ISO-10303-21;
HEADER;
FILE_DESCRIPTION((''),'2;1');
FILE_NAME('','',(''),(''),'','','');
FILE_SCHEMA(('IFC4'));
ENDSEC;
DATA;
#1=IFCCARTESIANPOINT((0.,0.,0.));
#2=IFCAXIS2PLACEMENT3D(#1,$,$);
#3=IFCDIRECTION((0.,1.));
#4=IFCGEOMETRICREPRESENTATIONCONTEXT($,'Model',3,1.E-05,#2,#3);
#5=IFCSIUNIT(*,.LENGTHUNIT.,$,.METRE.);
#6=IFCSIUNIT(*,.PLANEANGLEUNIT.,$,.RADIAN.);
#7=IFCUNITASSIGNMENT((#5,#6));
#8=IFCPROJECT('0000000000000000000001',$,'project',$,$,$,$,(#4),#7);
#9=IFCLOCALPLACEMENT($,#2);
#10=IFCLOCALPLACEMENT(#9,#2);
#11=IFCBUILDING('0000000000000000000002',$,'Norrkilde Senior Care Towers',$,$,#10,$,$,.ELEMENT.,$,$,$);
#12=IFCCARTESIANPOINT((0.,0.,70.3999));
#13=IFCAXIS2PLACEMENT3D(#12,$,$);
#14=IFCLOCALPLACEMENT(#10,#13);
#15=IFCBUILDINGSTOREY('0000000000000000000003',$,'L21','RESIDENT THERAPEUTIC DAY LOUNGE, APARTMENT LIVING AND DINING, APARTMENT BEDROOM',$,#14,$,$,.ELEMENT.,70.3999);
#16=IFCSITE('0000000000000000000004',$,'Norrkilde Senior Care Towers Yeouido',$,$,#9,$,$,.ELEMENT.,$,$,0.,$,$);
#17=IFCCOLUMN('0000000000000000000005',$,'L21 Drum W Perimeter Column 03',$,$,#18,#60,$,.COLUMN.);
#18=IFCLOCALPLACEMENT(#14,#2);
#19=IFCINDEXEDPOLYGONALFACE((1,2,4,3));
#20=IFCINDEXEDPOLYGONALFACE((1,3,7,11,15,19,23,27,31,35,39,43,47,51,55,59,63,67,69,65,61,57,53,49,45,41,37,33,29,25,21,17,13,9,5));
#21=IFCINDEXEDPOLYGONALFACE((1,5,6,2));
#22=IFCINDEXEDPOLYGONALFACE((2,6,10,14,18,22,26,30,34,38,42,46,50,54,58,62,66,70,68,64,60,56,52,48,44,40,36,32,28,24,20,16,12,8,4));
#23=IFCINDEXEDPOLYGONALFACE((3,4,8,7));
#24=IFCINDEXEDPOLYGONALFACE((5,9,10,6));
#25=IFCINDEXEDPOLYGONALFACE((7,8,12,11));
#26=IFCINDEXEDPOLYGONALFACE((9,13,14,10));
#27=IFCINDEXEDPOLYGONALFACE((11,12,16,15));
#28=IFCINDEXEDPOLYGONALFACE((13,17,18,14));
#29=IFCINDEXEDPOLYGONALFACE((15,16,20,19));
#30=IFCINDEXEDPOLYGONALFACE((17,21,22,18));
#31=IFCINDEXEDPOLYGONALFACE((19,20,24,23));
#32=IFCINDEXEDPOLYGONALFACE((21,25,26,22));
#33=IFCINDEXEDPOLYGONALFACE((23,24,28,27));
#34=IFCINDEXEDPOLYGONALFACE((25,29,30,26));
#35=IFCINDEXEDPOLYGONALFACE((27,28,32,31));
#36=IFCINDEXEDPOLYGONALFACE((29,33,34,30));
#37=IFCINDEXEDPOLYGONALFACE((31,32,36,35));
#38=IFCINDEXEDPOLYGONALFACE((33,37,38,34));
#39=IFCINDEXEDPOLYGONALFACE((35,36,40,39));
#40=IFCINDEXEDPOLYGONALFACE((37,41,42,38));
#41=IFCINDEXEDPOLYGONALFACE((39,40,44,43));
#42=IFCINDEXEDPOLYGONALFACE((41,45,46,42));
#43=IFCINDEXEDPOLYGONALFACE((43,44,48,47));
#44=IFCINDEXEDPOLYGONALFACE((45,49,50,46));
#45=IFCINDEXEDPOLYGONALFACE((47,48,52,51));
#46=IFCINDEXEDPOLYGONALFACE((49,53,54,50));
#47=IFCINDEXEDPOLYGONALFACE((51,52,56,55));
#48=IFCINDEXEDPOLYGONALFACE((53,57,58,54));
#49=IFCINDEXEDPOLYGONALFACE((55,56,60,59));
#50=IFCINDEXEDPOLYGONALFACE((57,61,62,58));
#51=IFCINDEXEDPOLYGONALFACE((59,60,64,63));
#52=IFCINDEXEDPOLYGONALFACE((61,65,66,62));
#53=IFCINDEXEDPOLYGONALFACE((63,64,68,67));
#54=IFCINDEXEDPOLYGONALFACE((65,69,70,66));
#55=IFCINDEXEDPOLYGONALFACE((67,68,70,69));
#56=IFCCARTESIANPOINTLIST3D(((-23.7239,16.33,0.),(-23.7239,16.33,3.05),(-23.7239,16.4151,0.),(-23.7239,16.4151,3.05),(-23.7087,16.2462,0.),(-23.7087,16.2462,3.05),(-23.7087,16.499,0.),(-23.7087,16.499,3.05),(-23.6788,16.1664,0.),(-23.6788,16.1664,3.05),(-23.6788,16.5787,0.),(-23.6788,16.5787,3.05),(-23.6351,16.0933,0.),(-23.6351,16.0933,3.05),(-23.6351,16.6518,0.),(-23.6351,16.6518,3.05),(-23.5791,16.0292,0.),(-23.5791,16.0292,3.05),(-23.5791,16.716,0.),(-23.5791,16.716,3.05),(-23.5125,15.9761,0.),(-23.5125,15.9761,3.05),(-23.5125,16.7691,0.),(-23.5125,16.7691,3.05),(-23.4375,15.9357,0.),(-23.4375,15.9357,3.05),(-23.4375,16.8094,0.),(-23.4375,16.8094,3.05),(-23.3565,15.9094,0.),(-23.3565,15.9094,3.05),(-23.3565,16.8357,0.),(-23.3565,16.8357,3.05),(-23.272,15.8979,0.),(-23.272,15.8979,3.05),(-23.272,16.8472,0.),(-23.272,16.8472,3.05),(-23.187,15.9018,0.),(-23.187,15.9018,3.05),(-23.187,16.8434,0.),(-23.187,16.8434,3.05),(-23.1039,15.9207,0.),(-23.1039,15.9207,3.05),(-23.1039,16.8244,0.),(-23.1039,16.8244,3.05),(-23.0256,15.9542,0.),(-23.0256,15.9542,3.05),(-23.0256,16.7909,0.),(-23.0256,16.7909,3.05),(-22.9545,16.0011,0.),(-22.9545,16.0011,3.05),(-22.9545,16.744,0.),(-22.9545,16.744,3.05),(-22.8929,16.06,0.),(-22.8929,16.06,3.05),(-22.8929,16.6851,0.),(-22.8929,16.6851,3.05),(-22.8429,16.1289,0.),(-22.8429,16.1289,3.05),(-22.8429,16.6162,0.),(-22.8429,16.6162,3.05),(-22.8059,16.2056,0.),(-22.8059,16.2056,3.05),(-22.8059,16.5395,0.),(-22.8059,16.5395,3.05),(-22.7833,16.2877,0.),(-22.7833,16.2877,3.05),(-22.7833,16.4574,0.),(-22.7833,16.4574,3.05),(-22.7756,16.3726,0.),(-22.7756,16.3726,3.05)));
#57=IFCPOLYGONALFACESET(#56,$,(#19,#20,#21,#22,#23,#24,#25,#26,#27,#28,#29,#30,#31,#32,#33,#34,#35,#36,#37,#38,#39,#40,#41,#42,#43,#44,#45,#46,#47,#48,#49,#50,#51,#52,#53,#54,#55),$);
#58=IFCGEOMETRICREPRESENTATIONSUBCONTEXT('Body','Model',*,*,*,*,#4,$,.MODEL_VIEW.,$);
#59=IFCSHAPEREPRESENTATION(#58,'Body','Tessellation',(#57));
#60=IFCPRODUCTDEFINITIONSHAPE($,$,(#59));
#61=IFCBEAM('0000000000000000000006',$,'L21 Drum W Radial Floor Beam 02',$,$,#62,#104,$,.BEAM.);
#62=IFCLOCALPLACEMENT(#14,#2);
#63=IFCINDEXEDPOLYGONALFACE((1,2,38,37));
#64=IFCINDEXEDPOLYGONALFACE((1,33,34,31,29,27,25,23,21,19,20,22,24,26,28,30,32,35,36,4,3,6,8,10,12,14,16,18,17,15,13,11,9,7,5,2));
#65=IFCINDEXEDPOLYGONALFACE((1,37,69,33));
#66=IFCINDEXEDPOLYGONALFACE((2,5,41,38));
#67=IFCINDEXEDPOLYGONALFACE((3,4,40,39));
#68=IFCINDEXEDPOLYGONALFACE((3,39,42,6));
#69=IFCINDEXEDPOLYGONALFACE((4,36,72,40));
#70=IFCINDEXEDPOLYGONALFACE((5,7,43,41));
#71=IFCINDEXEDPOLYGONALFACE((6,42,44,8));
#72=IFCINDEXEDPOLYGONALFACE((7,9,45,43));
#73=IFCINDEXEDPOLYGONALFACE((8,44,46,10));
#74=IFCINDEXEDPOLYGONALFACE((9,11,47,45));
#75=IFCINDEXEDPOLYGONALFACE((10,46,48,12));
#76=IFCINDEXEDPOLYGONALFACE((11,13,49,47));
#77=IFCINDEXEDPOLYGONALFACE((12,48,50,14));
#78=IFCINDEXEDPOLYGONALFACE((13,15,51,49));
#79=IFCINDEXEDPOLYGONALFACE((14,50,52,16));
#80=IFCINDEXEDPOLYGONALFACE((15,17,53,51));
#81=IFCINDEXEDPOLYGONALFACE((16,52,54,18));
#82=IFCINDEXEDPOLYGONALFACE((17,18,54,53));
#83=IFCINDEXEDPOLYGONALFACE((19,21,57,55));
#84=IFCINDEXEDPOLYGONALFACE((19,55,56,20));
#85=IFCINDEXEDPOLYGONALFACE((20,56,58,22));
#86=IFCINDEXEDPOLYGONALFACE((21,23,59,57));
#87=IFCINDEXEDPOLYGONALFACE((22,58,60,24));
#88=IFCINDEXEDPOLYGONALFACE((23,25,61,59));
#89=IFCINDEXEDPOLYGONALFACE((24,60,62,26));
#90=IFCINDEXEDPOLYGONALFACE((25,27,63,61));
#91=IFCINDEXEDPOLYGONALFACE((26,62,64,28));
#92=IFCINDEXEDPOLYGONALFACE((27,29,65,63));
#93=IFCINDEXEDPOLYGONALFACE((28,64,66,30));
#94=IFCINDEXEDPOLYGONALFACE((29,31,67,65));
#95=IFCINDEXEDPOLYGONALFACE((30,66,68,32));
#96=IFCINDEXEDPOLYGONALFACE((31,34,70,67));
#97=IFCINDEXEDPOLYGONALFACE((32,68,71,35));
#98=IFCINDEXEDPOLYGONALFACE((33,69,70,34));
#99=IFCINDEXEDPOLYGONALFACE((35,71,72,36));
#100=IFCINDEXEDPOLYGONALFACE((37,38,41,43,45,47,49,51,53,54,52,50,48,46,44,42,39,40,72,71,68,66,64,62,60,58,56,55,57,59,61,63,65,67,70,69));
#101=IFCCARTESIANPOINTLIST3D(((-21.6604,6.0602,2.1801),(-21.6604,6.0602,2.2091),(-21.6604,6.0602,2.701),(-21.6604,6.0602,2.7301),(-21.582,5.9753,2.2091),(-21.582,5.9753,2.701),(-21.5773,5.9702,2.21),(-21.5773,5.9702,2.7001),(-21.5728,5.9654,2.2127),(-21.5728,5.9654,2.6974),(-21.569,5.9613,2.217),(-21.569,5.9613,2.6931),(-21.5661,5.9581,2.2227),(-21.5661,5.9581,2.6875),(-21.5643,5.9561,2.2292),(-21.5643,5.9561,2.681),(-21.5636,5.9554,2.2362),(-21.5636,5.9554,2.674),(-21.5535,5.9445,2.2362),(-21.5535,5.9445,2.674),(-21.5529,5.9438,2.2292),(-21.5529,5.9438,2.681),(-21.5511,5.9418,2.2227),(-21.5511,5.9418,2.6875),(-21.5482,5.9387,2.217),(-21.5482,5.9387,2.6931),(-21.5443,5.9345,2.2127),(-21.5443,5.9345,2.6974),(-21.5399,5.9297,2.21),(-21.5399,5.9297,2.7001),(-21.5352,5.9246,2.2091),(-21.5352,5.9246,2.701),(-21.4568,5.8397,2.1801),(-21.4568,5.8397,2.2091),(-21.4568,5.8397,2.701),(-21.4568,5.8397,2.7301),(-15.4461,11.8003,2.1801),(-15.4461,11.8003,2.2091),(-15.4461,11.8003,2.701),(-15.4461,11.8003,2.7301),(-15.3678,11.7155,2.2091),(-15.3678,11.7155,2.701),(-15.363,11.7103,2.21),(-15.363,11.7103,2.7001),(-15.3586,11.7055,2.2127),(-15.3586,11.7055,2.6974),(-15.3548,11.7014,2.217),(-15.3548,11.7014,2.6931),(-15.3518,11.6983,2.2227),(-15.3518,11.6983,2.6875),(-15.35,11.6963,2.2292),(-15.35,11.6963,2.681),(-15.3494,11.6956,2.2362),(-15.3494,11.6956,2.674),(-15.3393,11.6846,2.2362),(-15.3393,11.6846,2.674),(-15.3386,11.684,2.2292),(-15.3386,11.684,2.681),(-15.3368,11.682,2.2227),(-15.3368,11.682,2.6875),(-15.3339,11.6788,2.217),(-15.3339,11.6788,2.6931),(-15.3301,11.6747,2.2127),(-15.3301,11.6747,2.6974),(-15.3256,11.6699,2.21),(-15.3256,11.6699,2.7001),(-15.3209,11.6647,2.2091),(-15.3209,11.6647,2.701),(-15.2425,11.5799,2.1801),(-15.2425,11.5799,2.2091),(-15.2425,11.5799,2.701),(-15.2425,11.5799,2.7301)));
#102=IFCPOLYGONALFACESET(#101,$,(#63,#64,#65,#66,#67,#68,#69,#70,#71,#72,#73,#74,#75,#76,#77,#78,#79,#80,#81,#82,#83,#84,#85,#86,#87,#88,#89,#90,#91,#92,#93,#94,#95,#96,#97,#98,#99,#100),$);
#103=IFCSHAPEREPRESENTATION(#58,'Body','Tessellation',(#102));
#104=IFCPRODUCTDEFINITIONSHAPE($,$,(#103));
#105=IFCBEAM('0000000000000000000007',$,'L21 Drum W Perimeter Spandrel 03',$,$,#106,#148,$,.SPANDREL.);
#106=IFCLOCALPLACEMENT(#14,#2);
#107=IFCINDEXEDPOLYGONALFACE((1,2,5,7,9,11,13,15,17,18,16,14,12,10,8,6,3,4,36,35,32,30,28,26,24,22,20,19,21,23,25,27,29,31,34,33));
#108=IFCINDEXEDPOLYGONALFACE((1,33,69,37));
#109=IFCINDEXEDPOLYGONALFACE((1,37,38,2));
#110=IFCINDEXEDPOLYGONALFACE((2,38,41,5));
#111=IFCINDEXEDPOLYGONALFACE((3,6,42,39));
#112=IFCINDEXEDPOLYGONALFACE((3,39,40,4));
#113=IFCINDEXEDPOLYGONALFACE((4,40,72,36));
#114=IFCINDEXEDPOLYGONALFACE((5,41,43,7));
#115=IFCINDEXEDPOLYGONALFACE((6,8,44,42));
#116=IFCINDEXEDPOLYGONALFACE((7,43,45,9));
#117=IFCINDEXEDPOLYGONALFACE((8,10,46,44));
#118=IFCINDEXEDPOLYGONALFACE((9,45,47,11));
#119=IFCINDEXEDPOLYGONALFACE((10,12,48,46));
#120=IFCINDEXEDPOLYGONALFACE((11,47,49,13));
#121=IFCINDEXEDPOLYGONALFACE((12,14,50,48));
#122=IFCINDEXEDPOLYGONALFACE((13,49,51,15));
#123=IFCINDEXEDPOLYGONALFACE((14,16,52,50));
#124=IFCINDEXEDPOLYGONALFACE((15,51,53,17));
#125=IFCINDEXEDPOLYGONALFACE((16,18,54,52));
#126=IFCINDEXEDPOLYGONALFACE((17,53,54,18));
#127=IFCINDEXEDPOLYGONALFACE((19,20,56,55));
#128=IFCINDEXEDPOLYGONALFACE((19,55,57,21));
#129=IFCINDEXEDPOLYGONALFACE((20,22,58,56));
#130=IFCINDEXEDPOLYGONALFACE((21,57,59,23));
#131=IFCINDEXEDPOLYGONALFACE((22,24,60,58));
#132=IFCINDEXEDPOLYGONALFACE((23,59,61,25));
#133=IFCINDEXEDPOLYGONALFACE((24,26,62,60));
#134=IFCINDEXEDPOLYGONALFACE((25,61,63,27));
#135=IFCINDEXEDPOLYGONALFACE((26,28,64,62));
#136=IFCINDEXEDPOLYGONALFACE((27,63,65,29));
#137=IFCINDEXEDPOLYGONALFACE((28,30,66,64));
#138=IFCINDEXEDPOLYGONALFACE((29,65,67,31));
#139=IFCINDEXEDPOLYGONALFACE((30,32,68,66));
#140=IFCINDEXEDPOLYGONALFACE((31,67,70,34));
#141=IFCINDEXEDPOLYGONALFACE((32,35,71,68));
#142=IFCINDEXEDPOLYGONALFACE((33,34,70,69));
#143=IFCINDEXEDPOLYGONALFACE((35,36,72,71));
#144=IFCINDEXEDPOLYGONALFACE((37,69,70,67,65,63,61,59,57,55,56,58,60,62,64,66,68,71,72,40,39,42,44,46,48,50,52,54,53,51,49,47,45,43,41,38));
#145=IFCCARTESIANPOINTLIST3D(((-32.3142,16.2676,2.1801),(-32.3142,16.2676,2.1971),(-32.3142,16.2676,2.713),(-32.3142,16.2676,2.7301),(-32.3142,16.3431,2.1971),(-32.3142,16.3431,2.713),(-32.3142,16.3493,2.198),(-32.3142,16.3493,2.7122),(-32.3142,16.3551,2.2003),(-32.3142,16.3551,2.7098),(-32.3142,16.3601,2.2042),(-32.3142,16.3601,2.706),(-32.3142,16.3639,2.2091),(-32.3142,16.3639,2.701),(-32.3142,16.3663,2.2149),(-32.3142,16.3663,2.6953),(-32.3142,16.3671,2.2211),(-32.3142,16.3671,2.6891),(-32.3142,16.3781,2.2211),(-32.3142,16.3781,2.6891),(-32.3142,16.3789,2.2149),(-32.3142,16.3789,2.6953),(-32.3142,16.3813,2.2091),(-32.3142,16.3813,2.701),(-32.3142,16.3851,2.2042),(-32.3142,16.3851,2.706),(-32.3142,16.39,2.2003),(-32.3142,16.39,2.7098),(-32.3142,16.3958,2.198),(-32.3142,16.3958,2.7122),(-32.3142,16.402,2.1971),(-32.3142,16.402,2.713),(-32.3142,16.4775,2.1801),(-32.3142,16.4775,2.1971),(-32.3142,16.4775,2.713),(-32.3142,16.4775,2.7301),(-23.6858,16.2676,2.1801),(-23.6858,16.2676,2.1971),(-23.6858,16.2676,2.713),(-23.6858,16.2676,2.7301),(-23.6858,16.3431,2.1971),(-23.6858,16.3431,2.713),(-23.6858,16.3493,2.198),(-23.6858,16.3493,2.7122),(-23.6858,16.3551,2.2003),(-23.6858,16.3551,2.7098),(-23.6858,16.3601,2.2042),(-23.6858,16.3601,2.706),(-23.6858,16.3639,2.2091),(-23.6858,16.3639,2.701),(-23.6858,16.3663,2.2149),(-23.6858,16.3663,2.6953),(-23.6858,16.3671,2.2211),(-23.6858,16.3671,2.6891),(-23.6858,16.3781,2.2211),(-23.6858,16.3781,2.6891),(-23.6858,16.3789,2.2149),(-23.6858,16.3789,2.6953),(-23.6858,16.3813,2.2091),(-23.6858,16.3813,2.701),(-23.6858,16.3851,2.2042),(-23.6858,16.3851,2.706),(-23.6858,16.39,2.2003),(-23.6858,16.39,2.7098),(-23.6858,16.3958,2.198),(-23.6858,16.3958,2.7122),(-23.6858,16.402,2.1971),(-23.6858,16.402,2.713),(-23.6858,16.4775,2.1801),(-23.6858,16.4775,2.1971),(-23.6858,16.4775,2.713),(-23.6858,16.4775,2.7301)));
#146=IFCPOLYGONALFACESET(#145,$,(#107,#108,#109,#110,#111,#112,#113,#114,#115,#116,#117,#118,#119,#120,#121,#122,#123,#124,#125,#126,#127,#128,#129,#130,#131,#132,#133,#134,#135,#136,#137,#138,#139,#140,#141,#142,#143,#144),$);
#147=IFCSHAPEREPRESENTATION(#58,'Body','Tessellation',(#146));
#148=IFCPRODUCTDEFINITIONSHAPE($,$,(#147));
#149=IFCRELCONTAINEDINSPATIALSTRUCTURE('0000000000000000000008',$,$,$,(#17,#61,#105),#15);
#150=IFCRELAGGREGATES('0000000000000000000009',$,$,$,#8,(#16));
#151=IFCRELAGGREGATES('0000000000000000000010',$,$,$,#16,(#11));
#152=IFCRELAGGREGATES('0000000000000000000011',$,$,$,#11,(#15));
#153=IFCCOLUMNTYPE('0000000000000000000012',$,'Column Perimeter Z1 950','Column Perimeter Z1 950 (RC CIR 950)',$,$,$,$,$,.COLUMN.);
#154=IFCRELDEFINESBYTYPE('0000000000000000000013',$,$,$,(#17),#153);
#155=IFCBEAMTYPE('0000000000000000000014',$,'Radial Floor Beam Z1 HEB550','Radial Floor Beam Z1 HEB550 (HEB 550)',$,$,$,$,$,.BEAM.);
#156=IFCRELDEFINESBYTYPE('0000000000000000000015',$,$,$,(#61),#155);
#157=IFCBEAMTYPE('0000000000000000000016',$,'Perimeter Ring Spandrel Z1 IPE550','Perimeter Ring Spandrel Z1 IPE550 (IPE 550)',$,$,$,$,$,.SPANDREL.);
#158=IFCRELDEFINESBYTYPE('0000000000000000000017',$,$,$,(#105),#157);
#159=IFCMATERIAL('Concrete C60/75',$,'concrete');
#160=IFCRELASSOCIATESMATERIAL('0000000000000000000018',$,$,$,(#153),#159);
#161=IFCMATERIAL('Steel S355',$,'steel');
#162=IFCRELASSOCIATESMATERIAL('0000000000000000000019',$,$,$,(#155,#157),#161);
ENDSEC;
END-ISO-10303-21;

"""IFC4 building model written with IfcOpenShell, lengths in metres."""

from ifc_helpers import new_model, si_unit, direction, frame, origin, origin_2d, place, context, subcontext, project, spatial, circle, i_section, extrude, source, transform, mapped, material, material_profile, profile_set, type_object, type_shapes, element, save


model = new_model("IFC4")

# Units and contexts
model_context = context("Model", 3, precision=1e-05, world=origin(), true_north=direction((0.0, 1.0)))
body_context = subcontext(model_context, "Body", "Model", "MODEL_VIEW")
ifc_project = project(units=[si_unit("LENGTHUNIT", "METRE"), si_unit("PLANEANGLEUNIT", "RADIAN")], contexts=[model_context])

# Site, building, storey
site_placement = place(None, origin())
site = spatial("IfcSite", under=ifc_project, at=site_placement, Name="Norrkilde Senior Care Towers Yeouido", CompositionType="ELEMENT", RefElevation=0.0)
building_placement = place(site_placement, origin())
building = spatial("IfcBuilding", under=site, at=building_placement, Name="Norrkilde Senior Care Towers", CompositionType="ELEMENT")
storey_placement = place(building_placement, frame((0.0, 0.0, 70.3999)))
storey = spatial("IfcBuildingStorey", under=building, at=storey_placement, Name="L21", Description="RESIDENT THERAPEUTIC DAY LOUNGE, APARTMENT LIVING AND DINING, APARTMENT BEDROOM", CompositionType="ELEMENT", Elevation=70.3999)

# Column
ifc_material_1 = material(Name="Concrete C60/75", Category="concrete")
ifc_material_profile_1 = material_profile(ifc_material_1, circle(Radius=0.4751, at=origin_2d()), Name="RC CIR 950")
ifc_profile_set_1 = profile_set([ifc_material_profile_1], Name="Concrete C60/75")
column_type = type_object("IfcColumnType", Name="Column Perimeter Z1 950", Description="Column Perimeter Z1 950 (RC CIR 950)", PredefinedType="COLUMN", material=ifc_profile_set_1)
shared_shape_1 = source(origin(), body_context, "Body", "SweptSolid", [
    extrude(circle(Radius=0.4751, at=origin_2d()), origin(), (0.0, 0.0, 1.0), 3.05),
])
type_shapes(column_type, [shared_shape_1])
column_placement = place(storey_placement, frame((-23.2507, 16.3726, 0.0), z_axis=(0.0, 0.0, 1.0), x_axis=(1.0, 0.0, 0.0)))
element("IfcColumn", 1, at=column_placement, inside=storey, type_object=column_type, Name="L21 Drum W Perimeter Column 03", PredefinedType="COLUMN", context=body_context, shape_type="MappedRepresentation", body=[
    mapped(shared_shape_1, transform((0.0, 0.0, 0.0), x_axis=(1.0, 0.0, 0.0), y_axis=(0.0, 1.0, 0.0), z_axis=(0.0, 0.0, 1.0), scale=1.0)),
])

# Beams
ifc_material_2 = material(Name="Steel S355", Category="steel")
ifc_material_profile_2 = material_profile(ifc_material_2, i_section(OverallWidth=0.3, OverallDepth=0.55, WebThickness=0.0149, FlangeThickness=0.0291, FilletRadius=0.0271, at=origin_2d()), Name="HEB 550")
ifc_profile_set_2 = profile_set([ifc_material_profile_2], Name="Steel S355")
beam_type_1 = type_object("IfcBeamType", Name="Radial Floor Beam Z1 HEB550", Description="Radial Floor Beam Z1 HEB550 (HEB 550)", PredefinedType="BEAM", material=ifc_profile_set_2)
shared_shape_2 = source(origin(), body_context, "Body", "SweptSolid", [
    extrude(i_section(OverallWidth=0.3, OverallDepth=0.55, WebThickness=0.0149, FlangeThickness=0.0291, FilletRadius=0.0271, at=origin_2d()), origin(), (0.0, 0.0, 1.0), 8.4597),
])
beam_1_placement = place(storey_placement, frame((-21.5586, 5.95, 2.4551), z_axis=(0.734573, 0.678529, 0.0), x_axis=(-0.678529, 0.734573, 0.0)))
element("IfcBeam", 2, at=beam_1_placement, inside=storey, type_object=beam_type_1, Name="L21 Drum W Radial Floor Beam 02", PredefinedType="BEAM", context=body_context, shape_type="MappedRepresentation", body=[
    mapped(shared_shape_2, transform((0.0, 0.0, 0.0), x_axis=(1.0, 0.0, 0.0), y_axis=(0.0, 1.0, 0.0), z_axis=(0.0, 0.0, 1.0), scale=1.0)),
])
ifc_material_profile_3 = material_profile(ifc_material_2, i_section(OverallWidth=0.21, OverallDepth=0.55, WebThickness=0.011, FlangeThickness=0.0171, FilletRadius=0.0239, at=origin_2d()), Name="IPE 550")
ifc_profile_set_3 = profile_set([ifc_material_profile_3], Name="Steel S355")
beam_type_2 = type_object("IfcBeamType", Name="Perimeter Ring Spandrel Z1 IPE550", Description="Perimeter Ring Spandrel Z1 IPE550 (IPE 550)", PredefinedType="SPANDREL", material=ifc_profile_set_3)
shared_shape_3 = source(origin(), body_context, "Body", "SweptSolid", [
    extrude(i_section(OverallWidth=0.21, OverallDepth=0.55, WebThickness=0.011, FlangeThickness=0.0171, FilletRadius=0.0239, at=origin_2d()), origin(), (0.0, 0.0, 1.0), 8.6284),
])
type_shapes(beam_type_2, [shared_shape_3])
beam_2_placement = place(storey_placement, frame((-23.6858, 16.3726, 2.4551), z_axis=(-1.0, 0.0, 0.0), x_axis=(0.0, -1.0, 0.0)))
element("IfcBeam", 3, at=beam_2_placement, inside=storey, type_object=beam_type_2, Name="L21 Drum W Perimeter Spandrel 03", PredefinedType="SPANDREL", context=body_context, shape_type="MappedRepresentation", body=[
    mapped(shared_shape_3, transform((0.0, 0.0, 0.0), x_axis=(1.0, 0.0, 0.0), y_axis=(0.0, 1.0, 0.0), z_axis=(0.0, 0.0, 1.0), scale=1.0)),
])

save(model, "model.ifc")
